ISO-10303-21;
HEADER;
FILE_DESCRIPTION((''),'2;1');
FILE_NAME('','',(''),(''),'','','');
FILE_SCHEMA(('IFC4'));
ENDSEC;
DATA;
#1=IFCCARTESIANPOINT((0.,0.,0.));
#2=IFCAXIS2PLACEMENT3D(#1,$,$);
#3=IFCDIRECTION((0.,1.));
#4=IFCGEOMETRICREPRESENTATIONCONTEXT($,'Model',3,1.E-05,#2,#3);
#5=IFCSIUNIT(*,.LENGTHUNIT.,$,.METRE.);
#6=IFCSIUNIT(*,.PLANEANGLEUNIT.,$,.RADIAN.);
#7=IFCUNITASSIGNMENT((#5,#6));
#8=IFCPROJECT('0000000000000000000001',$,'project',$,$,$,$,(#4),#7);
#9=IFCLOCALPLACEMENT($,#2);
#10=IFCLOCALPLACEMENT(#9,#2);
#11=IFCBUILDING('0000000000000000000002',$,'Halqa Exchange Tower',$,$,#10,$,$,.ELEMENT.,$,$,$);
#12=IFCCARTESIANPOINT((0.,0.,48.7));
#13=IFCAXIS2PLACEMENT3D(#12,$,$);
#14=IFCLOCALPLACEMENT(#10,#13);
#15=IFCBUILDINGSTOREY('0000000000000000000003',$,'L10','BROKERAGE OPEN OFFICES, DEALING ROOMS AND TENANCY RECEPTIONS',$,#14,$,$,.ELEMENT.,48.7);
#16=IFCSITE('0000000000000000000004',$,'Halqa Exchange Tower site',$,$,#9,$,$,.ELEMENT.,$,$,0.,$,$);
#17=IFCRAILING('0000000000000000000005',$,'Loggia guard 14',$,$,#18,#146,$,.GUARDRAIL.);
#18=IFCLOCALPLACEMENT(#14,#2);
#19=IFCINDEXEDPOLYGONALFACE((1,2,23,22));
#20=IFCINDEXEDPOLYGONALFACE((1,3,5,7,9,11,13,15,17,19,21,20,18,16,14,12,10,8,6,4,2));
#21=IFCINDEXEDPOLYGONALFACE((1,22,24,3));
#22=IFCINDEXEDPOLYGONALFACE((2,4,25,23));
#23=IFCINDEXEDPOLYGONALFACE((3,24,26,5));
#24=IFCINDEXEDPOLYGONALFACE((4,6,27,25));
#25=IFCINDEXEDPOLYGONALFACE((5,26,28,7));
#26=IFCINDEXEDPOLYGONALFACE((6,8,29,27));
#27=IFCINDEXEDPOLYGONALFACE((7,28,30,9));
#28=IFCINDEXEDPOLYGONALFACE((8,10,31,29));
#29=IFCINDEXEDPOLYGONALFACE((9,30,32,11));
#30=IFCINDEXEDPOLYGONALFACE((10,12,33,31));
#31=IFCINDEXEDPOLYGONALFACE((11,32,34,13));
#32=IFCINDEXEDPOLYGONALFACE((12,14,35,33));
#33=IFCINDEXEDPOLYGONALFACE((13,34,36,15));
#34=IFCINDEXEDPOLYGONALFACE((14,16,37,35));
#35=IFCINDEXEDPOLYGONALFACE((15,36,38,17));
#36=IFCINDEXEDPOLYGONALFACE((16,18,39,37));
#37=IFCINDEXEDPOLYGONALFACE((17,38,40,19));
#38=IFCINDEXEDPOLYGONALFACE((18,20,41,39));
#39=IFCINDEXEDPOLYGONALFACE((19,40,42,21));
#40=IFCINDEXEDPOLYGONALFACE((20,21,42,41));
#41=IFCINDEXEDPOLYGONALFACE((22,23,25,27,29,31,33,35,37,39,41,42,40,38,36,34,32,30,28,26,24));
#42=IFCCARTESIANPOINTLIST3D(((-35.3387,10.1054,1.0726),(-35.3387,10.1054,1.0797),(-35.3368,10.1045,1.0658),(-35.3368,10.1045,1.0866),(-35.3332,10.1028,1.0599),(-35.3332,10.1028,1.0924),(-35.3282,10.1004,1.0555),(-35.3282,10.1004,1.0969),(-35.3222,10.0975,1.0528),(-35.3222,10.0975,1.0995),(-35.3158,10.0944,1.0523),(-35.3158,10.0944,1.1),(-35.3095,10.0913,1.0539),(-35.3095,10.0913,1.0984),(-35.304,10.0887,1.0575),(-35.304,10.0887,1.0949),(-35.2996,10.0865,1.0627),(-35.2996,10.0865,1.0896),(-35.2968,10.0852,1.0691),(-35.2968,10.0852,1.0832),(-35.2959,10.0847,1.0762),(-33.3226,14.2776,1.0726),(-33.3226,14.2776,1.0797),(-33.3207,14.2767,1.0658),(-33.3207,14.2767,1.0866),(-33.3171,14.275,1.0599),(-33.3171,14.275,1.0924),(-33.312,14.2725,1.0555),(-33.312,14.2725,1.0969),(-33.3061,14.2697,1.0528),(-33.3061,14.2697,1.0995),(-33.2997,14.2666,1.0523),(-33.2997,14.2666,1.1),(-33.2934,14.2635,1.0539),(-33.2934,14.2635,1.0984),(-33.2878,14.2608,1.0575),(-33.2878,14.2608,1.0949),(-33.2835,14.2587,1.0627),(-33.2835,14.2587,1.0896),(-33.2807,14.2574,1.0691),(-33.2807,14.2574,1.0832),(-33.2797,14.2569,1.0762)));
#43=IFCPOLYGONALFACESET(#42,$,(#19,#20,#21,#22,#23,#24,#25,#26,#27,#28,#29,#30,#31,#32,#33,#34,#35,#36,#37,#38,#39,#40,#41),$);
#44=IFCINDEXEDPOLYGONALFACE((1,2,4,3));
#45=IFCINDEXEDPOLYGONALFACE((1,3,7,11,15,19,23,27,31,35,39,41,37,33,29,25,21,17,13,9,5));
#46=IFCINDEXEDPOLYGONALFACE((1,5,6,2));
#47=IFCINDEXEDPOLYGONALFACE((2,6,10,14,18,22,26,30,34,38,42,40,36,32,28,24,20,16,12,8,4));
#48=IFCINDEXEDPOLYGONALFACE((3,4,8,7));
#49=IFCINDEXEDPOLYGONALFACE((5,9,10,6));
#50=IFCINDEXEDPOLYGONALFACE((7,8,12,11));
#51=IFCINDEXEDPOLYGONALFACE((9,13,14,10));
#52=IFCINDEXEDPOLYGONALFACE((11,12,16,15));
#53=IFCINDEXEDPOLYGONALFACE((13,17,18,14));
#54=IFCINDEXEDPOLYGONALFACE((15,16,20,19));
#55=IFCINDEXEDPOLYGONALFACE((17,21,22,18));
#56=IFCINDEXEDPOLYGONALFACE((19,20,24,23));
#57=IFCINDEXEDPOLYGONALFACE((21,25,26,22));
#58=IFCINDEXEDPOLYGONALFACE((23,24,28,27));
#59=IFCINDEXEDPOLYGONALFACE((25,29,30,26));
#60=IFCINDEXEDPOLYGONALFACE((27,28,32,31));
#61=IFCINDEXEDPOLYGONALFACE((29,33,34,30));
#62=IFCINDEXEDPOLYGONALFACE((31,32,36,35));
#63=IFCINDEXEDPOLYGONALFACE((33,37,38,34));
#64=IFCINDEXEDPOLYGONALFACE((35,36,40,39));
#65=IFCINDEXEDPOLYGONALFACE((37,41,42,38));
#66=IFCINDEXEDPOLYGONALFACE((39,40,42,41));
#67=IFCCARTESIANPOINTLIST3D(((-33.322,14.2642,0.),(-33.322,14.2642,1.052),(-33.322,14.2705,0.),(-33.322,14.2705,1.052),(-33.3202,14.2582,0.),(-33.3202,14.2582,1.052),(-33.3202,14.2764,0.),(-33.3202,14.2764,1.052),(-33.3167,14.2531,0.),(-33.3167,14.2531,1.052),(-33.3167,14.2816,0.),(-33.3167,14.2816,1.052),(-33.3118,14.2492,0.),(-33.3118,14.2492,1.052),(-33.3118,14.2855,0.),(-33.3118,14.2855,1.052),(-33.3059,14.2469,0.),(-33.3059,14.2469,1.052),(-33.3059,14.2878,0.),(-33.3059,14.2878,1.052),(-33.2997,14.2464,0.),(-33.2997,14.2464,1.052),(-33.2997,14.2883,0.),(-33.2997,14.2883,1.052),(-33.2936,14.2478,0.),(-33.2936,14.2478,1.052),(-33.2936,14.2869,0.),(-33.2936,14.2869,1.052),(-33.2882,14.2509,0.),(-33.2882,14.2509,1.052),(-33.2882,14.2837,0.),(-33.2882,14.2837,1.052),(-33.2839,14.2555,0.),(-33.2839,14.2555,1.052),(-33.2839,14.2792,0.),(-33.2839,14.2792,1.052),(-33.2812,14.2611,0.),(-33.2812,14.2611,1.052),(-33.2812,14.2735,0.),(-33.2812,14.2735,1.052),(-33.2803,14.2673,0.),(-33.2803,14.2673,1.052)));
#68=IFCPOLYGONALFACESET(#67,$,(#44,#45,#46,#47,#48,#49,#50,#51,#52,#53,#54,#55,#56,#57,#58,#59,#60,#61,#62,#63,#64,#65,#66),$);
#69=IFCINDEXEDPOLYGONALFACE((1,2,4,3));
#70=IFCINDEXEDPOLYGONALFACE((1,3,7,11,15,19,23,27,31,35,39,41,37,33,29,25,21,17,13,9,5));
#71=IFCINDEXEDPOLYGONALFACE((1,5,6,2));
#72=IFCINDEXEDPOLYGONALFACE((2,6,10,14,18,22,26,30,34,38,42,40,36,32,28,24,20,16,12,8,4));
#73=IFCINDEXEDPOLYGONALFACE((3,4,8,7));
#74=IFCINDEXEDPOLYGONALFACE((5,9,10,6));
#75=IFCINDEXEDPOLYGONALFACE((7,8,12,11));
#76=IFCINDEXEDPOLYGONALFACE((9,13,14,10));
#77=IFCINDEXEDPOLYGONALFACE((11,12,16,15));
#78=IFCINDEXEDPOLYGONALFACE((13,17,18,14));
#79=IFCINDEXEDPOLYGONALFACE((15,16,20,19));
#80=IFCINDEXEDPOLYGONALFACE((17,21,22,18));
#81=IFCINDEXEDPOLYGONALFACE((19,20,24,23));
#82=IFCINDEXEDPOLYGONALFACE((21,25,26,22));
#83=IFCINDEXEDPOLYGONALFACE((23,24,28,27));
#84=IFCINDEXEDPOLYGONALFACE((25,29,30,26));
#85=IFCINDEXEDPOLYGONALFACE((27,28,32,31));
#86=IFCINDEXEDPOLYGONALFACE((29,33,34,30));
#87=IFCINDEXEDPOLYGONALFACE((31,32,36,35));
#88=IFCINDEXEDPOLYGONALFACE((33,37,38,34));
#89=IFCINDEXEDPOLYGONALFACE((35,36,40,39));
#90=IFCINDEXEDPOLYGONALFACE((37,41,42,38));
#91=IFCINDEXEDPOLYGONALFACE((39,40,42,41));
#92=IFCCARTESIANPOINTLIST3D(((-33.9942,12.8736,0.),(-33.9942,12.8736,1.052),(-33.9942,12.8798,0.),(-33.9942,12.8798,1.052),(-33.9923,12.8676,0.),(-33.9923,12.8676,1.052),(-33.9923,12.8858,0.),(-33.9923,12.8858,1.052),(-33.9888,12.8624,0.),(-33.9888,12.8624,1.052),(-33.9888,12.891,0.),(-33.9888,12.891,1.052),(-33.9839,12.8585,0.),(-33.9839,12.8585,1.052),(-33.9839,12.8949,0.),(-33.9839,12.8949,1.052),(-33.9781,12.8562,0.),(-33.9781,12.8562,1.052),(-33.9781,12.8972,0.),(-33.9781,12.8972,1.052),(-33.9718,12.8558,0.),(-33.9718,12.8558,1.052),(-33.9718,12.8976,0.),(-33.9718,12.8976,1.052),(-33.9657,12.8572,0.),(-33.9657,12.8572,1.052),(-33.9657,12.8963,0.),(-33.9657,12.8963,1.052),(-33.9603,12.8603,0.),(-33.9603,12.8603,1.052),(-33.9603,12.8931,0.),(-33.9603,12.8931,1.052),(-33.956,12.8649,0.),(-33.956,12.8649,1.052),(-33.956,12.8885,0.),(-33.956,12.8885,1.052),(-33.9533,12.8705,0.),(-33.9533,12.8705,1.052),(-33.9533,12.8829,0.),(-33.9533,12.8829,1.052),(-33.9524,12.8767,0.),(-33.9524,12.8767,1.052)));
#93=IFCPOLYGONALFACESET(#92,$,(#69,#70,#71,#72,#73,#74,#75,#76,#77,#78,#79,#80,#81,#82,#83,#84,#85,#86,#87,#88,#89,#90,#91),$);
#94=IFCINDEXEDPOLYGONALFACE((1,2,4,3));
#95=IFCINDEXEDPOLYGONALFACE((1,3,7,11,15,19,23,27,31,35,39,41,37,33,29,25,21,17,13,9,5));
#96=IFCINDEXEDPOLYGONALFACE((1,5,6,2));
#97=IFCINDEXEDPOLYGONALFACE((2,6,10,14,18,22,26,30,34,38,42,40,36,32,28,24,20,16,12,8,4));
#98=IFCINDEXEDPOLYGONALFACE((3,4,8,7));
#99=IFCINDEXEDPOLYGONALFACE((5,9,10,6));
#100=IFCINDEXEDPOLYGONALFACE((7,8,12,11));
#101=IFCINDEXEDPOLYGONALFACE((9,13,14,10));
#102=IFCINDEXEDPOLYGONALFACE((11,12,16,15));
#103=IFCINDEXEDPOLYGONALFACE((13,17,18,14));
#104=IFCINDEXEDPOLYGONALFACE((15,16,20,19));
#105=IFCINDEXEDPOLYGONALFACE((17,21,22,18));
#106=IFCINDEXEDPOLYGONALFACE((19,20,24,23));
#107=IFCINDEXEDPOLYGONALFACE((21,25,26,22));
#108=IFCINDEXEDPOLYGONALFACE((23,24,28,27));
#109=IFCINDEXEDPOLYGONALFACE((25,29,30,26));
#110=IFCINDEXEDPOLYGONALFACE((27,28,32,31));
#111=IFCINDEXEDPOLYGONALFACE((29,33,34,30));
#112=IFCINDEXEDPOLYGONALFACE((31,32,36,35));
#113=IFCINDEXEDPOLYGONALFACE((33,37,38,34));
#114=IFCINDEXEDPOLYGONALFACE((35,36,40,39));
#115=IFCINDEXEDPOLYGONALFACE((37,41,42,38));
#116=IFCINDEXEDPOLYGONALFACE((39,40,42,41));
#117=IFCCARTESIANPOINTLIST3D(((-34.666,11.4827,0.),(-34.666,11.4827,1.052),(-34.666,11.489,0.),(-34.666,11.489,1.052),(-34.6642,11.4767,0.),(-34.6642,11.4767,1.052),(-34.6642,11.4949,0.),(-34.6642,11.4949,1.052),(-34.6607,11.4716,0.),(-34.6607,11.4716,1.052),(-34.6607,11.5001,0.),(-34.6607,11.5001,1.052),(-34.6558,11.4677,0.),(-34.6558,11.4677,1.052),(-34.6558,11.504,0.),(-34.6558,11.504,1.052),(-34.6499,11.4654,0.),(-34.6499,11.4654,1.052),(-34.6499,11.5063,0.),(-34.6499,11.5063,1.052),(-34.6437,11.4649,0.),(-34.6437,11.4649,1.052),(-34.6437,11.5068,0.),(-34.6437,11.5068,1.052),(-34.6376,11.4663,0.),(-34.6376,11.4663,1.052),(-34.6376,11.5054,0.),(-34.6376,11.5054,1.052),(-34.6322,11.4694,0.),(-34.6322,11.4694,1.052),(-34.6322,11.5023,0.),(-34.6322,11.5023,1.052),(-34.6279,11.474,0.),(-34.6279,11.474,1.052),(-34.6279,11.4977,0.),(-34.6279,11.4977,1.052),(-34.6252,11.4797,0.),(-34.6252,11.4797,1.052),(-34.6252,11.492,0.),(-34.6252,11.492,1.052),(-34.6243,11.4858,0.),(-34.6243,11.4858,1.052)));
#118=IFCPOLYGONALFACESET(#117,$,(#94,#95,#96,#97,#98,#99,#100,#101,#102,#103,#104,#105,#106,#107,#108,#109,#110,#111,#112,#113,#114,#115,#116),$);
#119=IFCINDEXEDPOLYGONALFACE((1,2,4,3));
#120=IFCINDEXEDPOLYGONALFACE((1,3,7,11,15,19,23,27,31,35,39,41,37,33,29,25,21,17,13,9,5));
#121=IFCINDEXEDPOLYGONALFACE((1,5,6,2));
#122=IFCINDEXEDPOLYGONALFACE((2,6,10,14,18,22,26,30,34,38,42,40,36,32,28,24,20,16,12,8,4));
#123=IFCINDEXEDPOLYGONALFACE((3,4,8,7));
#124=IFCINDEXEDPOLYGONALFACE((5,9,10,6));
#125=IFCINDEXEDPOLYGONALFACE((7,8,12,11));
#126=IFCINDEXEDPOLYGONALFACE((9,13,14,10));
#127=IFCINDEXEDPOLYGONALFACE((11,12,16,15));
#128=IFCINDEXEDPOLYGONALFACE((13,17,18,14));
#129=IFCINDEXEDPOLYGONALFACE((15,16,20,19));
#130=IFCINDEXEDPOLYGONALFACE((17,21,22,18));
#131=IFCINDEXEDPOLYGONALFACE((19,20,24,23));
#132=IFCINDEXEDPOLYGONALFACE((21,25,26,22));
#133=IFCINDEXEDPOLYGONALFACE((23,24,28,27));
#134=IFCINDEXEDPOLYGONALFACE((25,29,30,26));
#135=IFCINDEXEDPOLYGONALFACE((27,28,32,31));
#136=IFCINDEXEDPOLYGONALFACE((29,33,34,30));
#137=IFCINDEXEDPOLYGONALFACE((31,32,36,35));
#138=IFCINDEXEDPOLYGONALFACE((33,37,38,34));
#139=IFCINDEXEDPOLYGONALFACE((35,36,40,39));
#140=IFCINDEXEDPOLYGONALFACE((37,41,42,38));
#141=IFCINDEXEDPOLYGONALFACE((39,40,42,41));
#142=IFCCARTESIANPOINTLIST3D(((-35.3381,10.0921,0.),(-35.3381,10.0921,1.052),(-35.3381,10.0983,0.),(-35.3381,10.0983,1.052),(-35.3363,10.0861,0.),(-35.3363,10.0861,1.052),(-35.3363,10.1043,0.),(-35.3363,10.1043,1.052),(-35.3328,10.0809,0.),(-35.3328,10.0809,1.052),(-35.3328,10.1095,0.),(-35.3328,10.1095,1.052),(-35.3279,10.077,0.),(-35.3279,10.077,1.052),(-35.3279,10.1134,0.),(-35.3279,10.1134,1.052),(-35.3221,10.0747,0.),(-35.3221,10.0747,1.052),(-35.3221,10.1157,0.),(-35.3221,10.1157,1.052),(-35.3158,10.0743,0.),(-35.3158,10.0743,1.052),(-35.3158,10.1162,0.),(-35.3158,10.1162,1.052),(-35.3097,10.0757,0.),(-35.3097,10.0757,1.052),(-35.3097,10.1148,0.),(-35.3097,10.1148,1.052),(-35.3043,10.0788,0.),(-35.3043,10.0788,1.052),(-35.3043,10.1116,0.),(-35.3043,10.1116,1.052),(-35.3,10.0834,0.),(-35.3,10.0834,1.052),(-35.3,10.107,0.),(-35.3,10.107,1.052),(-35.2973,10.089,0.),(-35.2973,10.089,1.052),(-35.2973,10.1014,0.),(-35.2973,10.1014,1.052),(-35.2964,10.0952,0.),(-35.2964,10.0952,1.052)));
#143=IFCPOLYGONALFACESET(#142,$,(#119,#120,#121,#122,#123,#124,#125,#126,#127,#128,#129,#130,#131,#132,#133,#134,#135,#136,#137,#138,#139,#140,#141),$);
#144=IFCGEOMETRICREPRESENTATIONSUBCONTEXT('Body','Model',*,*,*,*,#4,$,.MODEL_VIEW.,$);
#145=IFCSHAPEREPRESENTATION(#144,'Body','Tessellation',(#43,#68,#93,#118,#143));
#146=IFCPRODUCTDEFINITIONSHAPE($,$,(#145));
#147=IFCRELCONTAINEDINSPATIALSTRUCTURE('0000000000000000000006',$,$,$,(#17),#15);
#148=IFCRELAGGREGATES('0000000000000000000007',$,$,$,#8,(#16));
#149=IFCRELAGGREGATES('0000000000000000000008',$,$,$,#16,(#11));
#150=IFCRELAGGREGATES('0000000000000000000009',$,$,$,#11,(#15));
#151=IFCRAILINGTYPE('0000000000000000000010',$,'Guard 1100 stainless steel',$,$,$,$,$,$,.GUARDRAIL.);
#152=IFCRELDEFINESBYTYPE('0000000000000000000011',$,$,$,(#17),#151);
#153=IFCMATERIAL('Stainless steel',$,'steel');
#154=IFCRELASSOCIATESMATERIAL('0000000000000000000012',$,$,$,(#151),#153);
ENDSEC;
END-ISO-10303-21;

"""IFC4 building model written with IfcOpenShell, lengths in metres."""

from ifc_helpers import new_model, si_unit, direction, frame, origin, origin_2d, place, context, subcontext, project, spatial, circle, extrude, material, type_object, element, save


model = new_model("IFC4")

# Units and contexts
model_context = context("Model", 3, precision=1e-05, world=origin(), true_north=direction((0.0, 1.0)))
body_context = subcontext(model_context, "Body", "Model", "MODEL_VIEW")
ifc_project = project(units=[si_unit("LENGTHUNIT", "METRE"), si_unit("PLANEANGLEUNIT", "RADIAN")], contexts=[model_context])

# Site, building, storey
site_placement = place(None, origin())
site = spatial("IfcSite", under=ifc_project, at=site_placement, Name="Halqa Exchange Tower site", CompositionType="ELEMENT", RefElevation=0.0)
building_placement = place(site_placement, origin())
building = spatial("IfcBuilding", under=site, at=building_placement, Name="Halqa Exchange Tower", CompositionType="ELEMENT")
storey_placement = place(building_placement, frame((0.0, 0.0, 48.7)))
storey = spatial("IfcBuildingStorey", under=building, at=storey_placement, Name="L10", Description="BROKERAGE OPEN OFFICES, DEALING ROOMS AND TENANCY RECEPTIONS", CompositionType="ELEMENT", Elevation=48.7)

# Railing
ifc_material_1 = material(Name="Stainless steel", Category="steel")
railing_type = type_object("IfcRailingType", Name="Guard 1100 stainless steel", PredefinedType="GUARDRAIL", material=ifc_material_1)
railing_1_placement = place(storey_placement, frame((-33.3013, 14.2673, 0.0)))
element("IfcRailing", 1, at=railing_1_placement, inside=storey, type_object=railing_type, Name="Loggia guard 14", PredefinedType="GUARDRAIL", context=body_context, shape_type="SweptSolid", body=[
    extrude(circle(Radius=0.0239, at=origin_2d()), frame((0.0, 0.0, 1.0762), z_axis=(-0.435097, -0.900384, 0.0), x_axis=(0.900384, -0.435097, 0.0)), (0.0, 0.0, 1.0), 4.6338),
    extrude(circle(Radius=0.021, at=origin_2d()), origin(), (0.0, 0.0, 1.0), 1.052),
    extrude(circle(Radius=0.021, at=origin_2d()), frame((-0.6721, -1.3906, 0.0)), (0.0, 0.0, 1.0), 1.052),
    extrude(circle(Radius=0.021, at=origin_2d()), frame((-1.344, -2.7815, 0.0)), (0.0, 0.0, 1.0), 1.052),
    extrude(circle(Radius=0.021, at=origin_2d()), frame((-2.0161, -4.1721, 0.0)), (0.0, 0.0, 1.0), 1.052),
])

save(model, "model.ifc")
